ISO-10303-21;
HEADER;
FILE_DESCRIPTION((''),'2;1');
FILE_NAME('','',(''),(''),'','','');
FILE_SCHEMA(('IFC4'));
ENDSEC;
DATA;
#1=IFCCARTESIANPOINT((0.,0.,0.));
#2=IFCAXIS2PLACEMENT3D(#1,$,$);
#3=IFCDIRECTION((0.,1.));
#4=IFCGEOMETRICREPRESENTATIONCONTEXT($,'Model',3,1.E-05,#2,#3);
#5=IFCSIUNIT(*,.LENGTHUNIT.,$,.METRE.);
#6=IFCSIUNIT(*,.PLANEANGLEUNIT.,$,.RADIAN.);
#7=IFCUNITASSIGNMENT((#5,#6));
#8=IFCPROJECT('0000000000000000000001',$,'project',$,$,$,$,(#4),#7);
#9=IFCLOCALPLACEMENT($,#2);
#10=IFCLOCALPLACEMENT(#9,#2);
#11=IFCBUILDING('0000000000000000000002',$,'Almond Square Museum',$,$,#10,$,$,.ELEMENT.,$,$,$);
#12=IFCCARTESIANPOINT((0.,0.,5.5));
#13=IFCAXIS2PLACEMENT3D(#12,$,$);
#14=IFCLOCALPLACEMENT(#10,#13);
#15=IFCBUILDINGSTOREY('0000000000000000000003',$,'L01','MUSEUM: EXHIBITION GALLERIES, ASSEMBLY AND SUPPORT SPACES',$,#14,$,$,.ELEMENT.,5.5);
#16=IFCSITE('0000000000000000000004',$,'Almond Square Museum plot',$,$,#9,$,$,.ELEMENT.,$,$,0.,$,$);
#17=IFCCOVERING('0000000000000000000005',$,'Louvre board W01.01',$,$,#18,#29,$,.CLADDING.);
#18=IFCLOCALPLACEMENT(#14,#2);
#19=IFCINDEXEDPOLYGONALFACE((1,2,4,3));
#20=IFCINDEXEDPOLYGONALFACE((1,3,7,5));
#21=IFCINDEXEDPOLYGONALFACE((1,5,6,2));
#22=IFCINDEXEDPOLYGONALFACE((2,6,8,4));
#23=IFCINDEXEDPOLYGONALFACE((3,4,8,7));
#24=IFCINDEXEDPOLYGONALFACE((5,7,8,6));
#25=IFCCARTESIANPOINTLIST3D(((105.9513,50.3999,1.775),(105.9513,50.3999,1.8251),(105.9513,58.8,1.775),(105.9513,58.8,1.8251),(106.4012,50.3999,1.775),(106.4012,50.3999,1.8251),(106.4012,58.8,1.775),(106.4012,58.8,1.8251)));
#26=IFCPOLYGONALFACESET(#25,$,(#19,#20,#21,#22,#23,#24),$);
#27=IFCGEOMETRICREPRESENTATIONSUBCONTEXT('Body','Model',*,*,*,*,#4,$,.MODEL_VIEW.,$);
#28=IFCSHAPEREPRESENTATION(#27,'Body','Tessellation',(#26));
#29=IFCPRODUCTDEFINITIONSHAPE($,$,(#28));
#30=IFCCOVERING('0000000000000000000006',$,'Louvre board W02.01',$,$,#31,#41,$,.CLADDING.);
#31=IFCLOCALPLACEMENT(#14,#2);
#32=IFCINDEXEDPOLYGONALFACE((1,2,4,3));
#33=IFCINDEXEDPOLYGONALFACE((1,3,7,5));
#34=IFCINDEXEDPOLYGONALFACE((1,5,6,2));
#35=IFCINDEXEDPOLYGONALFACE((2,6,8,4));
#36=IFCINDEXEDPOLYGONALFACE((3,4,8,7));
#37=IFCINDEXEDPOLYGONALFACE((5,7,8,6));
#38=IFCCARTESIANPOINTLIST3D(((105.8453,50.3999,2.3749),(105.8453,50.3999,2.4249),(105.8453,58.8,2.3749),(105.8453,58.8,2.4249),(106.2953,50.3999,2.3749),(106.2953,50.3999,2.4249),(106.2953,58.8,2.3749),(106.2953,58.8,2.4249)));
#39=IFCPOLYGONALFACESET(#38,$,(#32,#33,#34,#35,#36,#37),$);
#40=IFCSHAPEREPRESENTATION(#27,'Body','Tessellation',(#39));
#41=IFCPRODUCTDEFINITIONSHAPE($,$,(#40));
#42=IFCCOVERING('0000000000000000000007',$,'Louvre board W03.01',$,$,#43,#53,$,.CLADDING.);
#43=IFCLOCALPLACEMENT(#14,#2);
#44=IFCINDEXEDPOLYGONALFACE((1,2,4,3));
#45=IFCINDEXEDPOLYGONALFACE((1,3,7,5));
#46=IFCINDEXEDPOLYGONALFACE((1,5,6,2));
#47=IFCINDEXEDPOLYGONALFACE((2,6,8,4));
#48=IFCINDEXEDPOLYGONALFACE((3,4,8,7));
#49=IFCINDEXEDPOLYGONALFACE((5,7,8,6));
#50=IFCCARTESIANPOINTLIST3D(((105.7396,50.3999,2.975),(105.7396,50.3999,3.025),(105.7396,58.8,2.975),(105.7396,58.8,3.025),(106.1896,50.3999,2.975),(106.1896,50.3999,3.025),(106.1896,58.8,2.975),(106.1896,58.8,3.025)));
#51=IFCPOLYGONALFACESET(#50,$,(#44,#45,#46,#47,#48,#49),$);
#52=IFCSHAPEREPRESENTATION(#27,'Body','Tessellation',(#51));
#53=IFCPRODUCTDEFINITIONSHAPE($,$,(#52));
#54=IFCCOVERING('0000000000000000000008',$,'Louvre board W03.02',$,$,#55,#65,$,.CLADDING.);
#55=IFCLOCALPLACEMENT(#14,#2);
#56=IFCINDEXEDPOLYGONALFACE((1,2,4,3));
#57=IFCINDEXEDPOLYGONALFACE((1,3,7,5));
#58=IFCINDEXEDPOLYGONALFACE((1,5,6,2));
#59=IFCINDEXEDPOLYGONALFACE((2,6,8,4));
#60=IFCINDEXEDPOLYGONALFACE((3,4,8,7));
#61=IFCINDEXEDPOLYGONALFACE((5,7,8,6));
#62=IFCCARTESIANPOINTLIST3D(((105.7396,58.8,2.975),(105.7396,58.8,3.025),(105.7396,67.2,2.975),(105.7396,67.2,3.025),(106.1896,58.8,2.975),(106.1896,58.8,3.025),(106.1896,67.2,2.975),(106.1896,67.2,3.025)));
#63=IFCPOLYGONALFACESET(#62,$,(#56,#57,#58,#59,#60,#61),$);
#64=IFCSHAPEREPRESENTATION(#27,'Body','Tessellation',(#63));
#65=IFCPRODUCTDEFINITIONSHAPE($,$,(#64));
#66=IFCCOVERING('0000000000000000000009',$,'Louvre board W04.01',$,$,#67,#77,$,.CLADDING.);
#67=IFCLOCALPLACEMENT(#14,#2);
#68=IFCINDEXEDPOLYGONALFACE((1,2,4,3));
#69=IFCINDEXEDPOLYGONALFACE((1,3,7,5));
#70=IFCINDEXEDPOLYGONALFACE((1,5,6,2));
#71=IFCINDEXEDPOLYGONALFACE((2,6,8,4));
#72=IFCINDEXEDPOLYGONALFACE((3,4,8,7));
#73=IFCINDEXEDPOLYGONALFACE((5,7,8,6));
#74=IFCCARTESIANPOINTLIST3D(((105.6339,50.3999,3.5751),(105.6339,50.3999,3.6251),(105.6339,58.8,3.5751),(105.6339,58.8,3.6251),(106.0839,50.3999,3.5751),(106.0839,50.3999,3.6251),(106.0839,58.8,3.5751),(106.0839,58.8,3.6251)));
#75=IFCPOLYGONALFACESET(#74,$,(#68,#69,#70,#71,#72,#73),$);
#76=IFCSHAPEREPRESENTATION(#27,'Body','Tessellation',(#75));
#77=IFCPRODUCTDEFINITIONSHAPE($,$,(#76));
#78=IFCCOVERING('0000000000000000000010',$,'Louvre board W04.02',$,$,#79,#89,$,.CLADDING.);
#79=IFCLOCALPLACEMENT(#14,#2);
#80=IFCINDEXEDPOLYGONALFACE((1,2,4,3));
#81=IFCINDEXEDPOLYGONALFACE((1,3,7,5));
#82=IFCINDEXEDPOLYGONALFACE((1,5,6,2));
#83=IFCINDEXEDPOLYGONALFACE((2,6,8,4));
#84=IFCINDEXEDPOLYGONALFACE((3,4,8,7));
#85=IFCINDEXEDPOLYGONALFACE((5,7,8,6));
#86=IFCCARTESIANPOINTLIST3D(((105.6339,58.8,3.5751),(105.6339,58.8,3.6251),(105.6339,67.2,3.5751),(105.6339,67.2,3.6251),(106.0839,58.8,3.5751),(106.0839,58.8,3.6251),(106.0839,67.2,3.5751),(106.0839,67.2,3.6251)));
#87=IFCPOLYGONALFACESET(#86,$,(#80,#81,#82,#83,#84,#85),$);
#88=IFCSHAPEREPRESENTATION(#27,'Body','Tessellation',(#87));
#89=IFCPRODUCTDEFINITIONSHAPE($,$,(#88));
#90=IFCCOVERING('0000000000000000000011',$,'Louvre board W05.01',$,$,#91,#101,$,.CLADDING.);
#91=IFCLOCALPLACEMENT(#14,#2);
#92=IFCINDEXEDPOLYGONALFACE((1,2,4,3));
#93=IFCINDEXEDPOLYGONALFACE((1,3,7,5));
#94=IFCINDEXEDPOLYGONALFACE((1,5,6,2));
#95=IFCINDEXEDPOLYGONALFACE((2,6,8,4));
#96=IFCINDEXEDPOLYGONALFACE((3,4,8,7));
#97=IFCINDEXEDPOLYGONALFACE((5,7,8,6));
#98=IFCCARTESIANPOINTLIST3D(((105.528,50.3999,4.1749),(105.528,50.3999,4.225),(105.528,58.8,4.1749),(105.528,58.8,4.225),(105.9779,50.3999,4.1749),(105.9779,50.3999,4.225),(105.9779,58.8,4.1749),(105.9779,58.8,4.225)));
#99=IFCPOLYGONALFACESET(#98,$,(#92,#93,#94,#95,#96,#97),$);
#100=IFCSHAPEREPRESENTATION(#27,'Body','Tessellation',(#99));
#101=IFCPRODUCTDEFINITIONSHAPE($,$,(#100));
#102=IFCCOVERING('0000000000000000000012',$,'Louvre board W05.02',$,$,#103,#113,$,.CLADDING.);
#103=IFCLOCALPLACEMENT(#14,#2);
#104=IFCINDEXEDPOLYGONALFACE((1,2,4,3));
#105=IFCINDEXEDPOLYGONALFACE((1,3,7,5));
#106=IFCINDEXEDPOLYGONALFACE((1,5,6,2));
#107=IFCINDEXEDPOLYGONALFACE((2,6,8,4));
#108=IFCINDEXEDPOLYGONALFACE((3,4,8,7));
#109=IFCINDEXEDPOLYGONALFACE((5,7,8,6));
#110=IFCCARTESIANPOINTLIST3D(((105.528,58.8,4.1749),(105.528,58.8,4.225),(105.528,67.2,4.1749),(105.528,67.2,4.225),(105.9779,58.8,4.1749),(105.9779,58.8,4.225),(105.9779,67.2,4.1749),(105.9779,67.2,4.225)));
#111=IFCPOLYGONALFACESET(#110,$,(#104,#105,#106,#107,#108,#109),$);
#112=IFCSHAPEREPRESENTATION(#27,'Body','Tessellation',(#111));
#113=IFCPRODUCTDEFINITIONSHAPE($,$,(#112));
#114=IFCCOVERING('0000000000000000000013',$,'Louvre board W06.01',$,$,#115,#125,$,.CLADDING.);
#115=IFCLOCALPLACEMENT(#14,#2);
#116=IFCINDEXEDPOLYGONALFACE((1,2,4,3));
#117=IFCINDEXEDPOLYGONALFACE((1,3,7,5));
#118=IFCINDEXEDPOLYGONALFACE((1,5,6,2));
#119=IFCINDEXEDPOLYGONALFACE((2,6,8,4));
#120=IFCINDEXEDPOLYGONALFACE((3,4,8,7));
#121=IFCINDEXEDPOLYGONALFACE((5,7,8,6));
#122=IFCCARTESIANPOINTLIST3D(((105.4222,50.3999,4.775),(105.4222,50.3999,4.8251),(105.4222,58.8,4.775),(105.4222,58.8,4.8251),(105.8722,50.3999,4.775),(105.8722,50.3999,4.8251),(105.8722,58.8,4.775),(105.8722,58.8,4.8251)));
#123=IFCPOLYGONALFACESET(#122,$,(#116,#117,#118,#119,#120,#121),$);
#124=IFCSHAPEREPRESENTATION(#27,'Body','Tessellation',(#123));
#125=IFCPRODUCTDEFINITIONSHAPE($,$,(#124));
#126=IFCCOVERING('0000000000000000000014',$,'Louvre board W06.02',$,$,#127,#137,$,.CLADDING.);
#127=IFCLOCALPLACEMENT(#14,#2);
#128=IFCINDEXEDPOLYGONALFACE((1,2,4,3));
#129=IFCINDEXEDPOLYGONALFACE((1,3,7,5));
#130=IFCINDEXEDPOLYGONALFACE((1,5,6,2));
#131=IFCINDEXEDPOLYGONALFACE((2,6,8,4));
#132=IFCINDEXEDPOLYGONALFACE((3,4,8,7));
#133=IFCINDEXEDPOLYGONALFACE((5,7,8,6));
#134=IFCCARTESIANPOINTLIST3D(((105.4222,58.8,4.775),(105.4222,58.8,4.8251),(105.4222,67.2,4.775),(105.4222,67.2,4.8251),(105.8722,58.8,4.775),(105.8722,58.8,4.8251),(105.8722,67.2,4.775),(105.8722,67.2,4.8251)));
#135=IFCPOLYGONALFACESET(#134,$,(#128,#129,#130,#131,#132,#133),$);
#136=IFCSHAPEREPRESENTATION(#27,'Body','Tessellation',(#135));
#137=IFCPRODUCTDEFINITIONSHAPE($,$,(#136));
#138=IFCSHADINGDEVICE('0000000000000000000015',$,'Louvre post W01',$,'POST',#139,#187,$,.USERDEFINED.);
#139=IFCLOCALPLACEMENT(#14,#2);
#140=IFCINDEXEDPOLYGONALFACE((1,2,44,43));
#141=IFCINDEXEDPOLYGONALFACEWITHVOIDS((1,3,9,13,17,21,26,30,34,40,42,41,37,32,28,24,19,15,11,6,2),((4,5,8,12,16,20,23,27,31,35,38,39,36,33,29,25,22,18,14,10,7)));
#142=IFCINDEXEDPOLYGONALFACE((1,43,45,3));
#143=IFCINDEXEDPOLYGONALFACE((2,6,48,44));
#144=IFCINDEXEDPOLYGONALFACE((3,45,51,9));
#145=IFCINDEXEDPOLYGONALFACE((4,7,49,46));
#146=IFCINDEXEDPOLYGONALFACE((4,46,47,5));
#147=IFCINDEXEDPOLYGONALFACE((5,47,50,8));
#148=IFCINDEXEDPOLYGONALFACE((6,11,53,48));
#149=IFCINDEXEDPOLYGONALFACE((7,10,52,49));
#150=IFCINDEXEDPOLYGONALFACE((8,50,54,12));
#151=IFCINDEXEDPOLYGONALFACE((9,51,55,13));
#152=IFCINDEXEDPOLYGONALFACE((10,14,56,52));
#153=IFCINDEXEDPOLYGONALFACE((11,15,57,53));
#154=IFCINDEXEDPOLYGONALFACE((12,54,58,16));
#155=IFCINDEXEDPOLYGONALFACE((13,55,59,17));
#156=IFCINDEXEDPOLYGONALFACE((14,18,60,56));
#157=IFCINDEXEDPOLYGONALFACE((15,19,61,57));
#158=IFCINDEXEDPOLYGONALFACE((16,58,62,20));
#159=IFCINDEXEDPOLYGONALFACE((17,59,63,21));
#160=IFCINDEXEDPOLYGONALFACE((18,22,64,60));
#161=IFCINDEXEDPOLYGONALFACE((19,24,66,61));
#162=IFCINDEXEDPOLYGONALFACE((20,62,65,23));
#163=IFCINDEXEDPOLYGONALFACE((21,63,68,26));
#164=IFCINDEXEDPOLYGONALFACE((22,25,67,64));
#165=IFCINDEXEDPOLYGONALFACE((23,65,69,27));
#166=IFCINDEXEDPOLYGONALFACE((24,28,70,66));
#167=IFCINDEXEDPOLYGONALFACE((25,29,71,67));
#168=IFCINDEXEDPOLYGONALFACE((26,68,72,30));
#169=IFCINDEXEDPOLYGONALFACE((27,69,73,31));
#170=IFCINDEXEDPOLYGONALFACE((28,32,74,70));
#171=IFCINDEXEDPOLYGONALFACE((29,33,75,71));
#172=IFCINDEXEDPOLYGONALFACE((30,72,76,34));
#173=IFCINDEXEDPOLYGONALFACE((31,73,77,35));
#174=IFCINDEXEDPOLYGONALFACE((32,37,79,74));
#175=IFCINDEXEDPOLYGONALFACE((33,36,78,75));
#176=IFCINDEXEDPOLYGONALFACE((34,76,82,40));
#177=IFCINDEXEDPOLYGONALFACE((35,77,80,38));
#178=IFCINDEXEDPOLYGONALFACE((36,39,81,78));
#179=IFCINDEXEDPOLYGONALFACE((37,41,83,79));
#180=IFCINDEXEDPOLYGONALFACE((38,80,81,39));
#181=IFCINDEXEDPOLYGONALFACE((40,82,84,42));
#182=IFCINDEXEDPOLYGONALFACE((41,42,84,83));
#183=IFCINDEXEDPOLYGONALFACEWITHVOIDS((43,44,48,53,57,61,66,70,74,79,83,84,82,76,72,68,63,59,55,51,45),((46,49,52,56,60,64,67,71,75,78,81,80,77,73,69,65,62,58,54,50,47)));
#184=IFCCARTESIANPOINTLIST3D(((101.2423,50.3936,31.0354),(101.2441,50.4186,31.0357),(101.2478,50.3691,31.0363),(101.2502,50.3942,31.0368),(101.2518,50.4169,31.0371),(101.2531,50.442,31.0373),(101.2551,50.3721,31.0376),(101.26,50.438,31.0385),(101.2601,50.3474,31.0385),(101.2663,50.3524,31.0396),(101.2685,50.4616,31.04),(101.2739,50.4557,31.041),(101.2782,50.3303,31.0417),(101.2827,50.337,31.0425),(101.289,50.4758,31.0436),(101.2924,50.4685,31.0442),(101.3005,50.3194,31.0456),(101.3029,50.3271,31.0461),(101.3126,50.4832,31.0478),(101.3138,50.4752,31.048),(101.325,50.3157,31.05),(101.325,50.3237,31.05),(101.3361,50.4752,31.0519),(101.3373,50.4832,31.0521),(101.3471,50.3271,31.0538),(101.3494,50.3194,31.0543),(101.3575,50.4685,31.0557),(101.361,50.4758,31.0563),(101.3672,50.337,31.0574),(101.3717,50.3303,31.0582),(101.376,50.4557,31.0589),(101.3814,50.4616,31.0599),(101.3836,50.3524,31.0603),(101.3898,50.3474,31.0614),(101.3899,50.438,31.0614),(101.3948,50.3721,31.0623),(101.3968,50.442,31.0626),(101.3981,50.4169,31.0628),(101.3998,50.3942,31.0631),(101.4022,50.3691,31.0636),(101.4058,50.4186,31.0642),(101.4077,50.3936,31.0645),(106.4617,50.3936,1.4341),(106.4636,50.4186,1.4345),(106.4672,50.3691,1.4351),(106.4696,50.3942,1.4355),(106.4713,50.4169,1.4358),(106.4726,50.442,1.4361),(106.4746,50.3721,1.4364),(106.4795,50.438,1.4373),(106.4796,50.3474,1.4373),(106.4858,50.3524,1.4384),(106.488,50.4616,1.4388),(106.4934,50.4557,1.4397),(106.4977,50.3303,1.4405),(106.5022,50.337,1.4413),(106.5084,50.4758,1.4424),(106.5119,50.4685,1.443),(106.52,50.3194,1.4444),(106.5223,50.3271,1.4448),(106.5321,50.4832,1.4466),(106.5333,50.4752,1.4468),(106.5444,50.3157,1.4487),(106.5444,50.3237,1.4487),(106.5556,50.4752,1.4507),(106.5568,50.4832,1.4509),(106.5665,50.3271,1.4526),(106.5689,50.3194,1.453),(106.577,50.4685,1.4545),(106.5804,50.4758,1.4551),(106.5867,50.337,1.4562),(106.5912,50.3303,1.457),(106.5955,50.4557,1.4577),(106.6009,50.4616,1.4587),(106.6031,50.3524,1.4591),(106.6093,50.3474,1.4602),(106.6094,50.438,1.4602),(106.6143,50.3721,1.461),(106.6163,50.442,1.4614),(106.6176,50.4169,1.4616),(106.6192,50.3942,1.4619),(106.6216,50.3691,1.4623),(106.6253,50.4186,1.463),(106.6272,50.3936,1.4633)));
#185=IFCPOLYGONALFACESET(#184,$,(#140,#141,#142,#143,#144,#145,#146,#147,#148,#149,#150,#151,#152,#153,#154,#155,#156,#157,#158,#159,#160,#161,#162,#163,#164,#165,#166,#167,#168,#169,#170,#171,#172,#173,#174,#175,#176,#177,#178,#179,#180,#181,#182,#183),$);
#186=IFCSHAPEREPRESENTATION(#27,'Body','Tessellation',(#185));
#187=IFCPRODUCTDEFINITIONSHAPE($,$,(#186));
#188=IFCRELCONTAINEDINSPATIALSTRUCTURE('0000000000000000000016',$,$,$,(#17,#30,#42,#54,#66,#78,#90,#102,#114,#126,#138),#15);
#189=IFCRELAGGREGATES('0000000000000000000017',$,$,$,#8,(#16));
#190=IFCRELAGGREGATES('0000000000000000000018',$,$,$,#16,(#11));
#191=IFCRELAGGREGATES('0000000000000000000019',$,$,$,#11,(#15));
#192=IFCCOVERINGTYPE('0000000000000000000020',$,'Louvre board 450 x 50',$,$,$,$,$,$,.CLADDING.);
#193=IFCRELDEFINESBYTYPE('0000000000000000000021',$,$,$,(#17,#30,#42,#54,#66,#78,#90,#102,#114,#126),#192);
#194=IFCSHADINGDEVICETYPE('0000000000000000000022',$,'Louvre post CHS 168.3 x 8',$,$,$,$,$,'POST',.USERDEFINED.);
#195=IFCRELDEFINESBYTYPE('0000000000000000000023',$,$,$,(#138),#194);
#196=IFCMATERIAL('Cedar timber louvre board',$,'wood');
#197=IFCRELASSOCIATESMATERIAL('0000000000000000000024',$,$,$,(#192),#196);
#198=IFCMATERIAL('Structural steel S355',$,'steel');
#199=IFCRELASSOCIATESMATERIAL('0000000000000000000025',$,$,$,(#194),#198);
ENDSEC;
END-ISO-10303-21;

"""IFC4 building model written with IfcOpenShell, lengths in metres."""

from ifc_helpers import new_model, si_unit, direction, frame, origin, origin_2d, place, context, subcontext, project, spatial, rectangle, hollow_circle, extrude, material, material_profile, profile_set, type_object, element, save


model = new_model("IFC4")

# Units and contexts
model_context = context("Model", 3, precision=1e-05, world=origin(), true_north=direction((0.0, 1.0)))
body_context = subcontext(model_context, "Body", "Model", "MODEL_VIEW")
ifc_project = project(units=[si_unit("LENGTHUNIT", "METRE"), si_unit("PLANEANGLEUNIT", "RADIAN")], contexts=[model_context])

# Site, building, storey
site_placement = place(None, origin())
site = spatial("IfcSite", under=ifc_project, at=site_placement, Name="Almond Square Museum plot", CompositionType="ELEMENT", RefElevation=0.0)
building_placement = place(site_placement, origin())
building = spatial("IfcBuilding", under=site, at=building_placement, Name="Almond Square Museum", CompositionType="ELEMENT")
storey_placement = place(building_placement, frame((0.0, 0.0, 5.5)))
storey = spatial("IfcBuildingStorey", under=building, at=storey_placement, Name="L01", Description="MUSEUM: EXHIBITION GALLERIES, ASSEMBLY AND SUPPORT SPACES", CompositionType="ELEMENT", Elevation=5.5)

# Coverings
ifc_material_1 = material(Name="Cedar timber louvre board", Category="wood")
ifc_material_profile_1 = material_profile(ifc_material_1, rectangle(XDim=0.45, YDim=0.05, at=origin_2d()))
ifc_profile_set_1 = profile_set([ifc_material_profile_1], Name="Cedar timber louvre board")
covering_type_1 = type_object("IfcCoveringType", Name="Louvre board 450 x 50", PredefinedType="CLADDING", material=ifc_profile_set_1)
for number, where, z_axis, x_axis, name in (
    (1, (106.1763, 50.3999, 1.8), (0.0, 1.0, 0.0), (-1.0, 0.0, 0.0), "Louvre board W01.01"),
    (2, (106.0703, 50.3999, 2.3999), (0.0, 1.0, 0.0), (-1.0, 0.0, 0.0), "Louvre board W02.01"),
    (3, (105.9646, 50.3999, 3.0), (0.0, 1.0, 0.0), (-1.0, 0.0, 0.0), "Louvre board W03.01"),
):
    element("IfcCovering", number, at=place(storey_placement, frame(where, z_axis=z_axis, x_axis=x_axis)), inside=storey, type_object=covering_type_1, Name=name, PredefinedType="CLADDING", context=body_context, shape_type="SweptSolid", body=[
        extrude(rectangle(XDim=0.45, YDim=0.05, at=origin_2d()), origin(), (0.0, 0.0, 1.0), 8.4001),
    ])
covering_1_placement = place(storey_placement, frame((105.9646, 58.8, 3.0), z_axis=(0.0, 1.0, 0.0), x_axis=(-1.0, 0.0, 0.0)))
element("IfcCovering", 4, at=covering_1_placement, inside=storey, type_object=covering_type_1, Name="Louvre board W03.02", PredefinedType="CLADDING", context=body_context, shape_type="SweptSolid", body=[
    extrude(rectangle(XDim=0.45, YDim=0.05, at=origin_2d()), origin(), (0.0, 0.0, 1.0), 8.3999),
])
covering_2_placement = place(storey_placement, frame((105.8589, 50.3999, 3.6001), z_axis=(0.0, 1.0, 0.0), x_axis=(-1.0, 0.0, 0.0)))
element("IfcCovering", 5, at=covering_2_placement, inside=storey, type_object=covering_type_1, Name="Louvre board W04.01", PredefinedType="CLADDING", context=body_context, shape_type="SweptSolid", body=[
    extrude(rectangle(XDim=0.45, YDim=0.05, at=origin_2d()), origin(), (0.0, 0.0, 1.0), 8.4001),
])
covering_3_placement = place(storey_placement, frame((105.8589, 58.8, 3.6001), z_axis=(0.0, 1.0, 0.0), x_axis=(-1.0, 0.0, 0.0)))
element("IfcCovering", 6, at=covering_3_placement, inside=storey, type_object=covering_type_1, Name="Louvre board W04.02", PredefinedType="CLADDING", context=body_context, shape_type="SweptSolid", body=[
    extrude(rectangle(XDim=0.45, YDim=0.05, at=origin_2d()), origin(), (0.0, 0.0, 1.0), 8.3999),
])
covering_4_placement = place(storey_placement, frame((105.7529, 50.3999, 4.2), z_axis=(0.0, 1.0, 0.0), x_axis=(-1.0, 0.0, 0.0)))
element("IfcCovering", 7, at=covering_4_placement, inside=storey, type_object=covering_type_1, Name="Louvre board W05.01", PredefinedType="CLADDING", context=body_context, shape_type="SweptSolid", body=[
    extrude(rectangle(XDim=0.45, YDim=0.05, at=origin_2d()), origin(), (0.0, 0.0, 1.0), 8.4001),
])
covering_5_placement = place(storey_placement, frame((105.7529, 58.8, 4.2), z_axis=(0.0, 1.0, 0.0), x_axis=(-1.0, 0.0, 0.0)))
element("IfcCovering", 8, at=covering_5_placement, inside=storey, type_object=covering_type_1, Name="Louvre board W05.02", PredefinedType="CLADDING", context=body_context, shape_type="SweptSolid", body=[
    extrude(rectangle(XDim=0.45, YDim=0.05, at=origin_2d()), origin(), (0.0, 0.0, 1.0), 8.3999),
])
covering_6_placement = place(storey_placement, frame((105.6472, 50.3999, 4.8), z_axis=(0.0, 1.0, 0.0), x_axis=(-1.0, 0.0, 0.0)))
element("IfcCovering", 9, at=covering_6_placement, inside=storey, type_object=covering_type_1, Name="Louvre board W06.01", PredefinedType="CLADDING", context=body_context, shape_type="SweptSolid", body=[
    extrude(rectangle(XDim=0.45, YDim=0.05, at=origin_2d()), origin(), (0.0, 0.0, 1.0), 8.4001),
])
covering_7_placement = place(storey_placement, frame((105.6472, 58.8, 4.8), z_axis=(0.0, 1.0, 0.0), x_axis=(-1.0, 0.0, 0.0)))
element("IfcCovering", 10, at=covering_7_placement, inside=storey, type_object=covering_type_1, Name="Louvre board W06.02", PredefinedType="CLADDING", context=body_context, shape_type="SweptSolid", body=[
    extrude(rectangle(XDim=0.45, YDim=0.05, at=origin_2d()), origin(), (0.0, 0.0, 1.0), 8.3999),
])

# Shading device
ifc_material_2 = material(Name="Structural steel S355", Category="steel")
ifc_material_profile_2 = material_profile(ifc_material_2, hollow_circle(Radius=0.0842, WallThickness=0.0081, at=origin_2d()))
ifc_profile_set_2 = profile_set([ifc_material_profile_2], Name="Structural steel S355")
shading_device_type = type_object("IfcShadingDeviceType", Name="Louvre post CHS 168.3 x 8", ElementType="POST", PredefinedType="USERDEFINED", material=ifc_profile_set_2)
shading_device_1_placement = place(storey_placement, frame((106.5444, 50.3999, 1.4487), z_axis=(-0.173647, 0.0, 0.984808), x_axis=(0.0, -1.0, 0.0)))
element("IfcShadingDevice", 11, at=shading_device_1_placement, inside=storey, type_object=shading_device_type, Name="Louvre post W01", ObjectType="POST", PredefinedType="USERDEFINED", context=body_context, shape_type="SweptSolid", body=[
    extrude(hollow_circle(Radius=0.0842, WallThickness=0.0081, at=origin_2d()), origin(), (0.0, 0.0, 1.0), 30.0579),
])

save(model, "model.ifc")
